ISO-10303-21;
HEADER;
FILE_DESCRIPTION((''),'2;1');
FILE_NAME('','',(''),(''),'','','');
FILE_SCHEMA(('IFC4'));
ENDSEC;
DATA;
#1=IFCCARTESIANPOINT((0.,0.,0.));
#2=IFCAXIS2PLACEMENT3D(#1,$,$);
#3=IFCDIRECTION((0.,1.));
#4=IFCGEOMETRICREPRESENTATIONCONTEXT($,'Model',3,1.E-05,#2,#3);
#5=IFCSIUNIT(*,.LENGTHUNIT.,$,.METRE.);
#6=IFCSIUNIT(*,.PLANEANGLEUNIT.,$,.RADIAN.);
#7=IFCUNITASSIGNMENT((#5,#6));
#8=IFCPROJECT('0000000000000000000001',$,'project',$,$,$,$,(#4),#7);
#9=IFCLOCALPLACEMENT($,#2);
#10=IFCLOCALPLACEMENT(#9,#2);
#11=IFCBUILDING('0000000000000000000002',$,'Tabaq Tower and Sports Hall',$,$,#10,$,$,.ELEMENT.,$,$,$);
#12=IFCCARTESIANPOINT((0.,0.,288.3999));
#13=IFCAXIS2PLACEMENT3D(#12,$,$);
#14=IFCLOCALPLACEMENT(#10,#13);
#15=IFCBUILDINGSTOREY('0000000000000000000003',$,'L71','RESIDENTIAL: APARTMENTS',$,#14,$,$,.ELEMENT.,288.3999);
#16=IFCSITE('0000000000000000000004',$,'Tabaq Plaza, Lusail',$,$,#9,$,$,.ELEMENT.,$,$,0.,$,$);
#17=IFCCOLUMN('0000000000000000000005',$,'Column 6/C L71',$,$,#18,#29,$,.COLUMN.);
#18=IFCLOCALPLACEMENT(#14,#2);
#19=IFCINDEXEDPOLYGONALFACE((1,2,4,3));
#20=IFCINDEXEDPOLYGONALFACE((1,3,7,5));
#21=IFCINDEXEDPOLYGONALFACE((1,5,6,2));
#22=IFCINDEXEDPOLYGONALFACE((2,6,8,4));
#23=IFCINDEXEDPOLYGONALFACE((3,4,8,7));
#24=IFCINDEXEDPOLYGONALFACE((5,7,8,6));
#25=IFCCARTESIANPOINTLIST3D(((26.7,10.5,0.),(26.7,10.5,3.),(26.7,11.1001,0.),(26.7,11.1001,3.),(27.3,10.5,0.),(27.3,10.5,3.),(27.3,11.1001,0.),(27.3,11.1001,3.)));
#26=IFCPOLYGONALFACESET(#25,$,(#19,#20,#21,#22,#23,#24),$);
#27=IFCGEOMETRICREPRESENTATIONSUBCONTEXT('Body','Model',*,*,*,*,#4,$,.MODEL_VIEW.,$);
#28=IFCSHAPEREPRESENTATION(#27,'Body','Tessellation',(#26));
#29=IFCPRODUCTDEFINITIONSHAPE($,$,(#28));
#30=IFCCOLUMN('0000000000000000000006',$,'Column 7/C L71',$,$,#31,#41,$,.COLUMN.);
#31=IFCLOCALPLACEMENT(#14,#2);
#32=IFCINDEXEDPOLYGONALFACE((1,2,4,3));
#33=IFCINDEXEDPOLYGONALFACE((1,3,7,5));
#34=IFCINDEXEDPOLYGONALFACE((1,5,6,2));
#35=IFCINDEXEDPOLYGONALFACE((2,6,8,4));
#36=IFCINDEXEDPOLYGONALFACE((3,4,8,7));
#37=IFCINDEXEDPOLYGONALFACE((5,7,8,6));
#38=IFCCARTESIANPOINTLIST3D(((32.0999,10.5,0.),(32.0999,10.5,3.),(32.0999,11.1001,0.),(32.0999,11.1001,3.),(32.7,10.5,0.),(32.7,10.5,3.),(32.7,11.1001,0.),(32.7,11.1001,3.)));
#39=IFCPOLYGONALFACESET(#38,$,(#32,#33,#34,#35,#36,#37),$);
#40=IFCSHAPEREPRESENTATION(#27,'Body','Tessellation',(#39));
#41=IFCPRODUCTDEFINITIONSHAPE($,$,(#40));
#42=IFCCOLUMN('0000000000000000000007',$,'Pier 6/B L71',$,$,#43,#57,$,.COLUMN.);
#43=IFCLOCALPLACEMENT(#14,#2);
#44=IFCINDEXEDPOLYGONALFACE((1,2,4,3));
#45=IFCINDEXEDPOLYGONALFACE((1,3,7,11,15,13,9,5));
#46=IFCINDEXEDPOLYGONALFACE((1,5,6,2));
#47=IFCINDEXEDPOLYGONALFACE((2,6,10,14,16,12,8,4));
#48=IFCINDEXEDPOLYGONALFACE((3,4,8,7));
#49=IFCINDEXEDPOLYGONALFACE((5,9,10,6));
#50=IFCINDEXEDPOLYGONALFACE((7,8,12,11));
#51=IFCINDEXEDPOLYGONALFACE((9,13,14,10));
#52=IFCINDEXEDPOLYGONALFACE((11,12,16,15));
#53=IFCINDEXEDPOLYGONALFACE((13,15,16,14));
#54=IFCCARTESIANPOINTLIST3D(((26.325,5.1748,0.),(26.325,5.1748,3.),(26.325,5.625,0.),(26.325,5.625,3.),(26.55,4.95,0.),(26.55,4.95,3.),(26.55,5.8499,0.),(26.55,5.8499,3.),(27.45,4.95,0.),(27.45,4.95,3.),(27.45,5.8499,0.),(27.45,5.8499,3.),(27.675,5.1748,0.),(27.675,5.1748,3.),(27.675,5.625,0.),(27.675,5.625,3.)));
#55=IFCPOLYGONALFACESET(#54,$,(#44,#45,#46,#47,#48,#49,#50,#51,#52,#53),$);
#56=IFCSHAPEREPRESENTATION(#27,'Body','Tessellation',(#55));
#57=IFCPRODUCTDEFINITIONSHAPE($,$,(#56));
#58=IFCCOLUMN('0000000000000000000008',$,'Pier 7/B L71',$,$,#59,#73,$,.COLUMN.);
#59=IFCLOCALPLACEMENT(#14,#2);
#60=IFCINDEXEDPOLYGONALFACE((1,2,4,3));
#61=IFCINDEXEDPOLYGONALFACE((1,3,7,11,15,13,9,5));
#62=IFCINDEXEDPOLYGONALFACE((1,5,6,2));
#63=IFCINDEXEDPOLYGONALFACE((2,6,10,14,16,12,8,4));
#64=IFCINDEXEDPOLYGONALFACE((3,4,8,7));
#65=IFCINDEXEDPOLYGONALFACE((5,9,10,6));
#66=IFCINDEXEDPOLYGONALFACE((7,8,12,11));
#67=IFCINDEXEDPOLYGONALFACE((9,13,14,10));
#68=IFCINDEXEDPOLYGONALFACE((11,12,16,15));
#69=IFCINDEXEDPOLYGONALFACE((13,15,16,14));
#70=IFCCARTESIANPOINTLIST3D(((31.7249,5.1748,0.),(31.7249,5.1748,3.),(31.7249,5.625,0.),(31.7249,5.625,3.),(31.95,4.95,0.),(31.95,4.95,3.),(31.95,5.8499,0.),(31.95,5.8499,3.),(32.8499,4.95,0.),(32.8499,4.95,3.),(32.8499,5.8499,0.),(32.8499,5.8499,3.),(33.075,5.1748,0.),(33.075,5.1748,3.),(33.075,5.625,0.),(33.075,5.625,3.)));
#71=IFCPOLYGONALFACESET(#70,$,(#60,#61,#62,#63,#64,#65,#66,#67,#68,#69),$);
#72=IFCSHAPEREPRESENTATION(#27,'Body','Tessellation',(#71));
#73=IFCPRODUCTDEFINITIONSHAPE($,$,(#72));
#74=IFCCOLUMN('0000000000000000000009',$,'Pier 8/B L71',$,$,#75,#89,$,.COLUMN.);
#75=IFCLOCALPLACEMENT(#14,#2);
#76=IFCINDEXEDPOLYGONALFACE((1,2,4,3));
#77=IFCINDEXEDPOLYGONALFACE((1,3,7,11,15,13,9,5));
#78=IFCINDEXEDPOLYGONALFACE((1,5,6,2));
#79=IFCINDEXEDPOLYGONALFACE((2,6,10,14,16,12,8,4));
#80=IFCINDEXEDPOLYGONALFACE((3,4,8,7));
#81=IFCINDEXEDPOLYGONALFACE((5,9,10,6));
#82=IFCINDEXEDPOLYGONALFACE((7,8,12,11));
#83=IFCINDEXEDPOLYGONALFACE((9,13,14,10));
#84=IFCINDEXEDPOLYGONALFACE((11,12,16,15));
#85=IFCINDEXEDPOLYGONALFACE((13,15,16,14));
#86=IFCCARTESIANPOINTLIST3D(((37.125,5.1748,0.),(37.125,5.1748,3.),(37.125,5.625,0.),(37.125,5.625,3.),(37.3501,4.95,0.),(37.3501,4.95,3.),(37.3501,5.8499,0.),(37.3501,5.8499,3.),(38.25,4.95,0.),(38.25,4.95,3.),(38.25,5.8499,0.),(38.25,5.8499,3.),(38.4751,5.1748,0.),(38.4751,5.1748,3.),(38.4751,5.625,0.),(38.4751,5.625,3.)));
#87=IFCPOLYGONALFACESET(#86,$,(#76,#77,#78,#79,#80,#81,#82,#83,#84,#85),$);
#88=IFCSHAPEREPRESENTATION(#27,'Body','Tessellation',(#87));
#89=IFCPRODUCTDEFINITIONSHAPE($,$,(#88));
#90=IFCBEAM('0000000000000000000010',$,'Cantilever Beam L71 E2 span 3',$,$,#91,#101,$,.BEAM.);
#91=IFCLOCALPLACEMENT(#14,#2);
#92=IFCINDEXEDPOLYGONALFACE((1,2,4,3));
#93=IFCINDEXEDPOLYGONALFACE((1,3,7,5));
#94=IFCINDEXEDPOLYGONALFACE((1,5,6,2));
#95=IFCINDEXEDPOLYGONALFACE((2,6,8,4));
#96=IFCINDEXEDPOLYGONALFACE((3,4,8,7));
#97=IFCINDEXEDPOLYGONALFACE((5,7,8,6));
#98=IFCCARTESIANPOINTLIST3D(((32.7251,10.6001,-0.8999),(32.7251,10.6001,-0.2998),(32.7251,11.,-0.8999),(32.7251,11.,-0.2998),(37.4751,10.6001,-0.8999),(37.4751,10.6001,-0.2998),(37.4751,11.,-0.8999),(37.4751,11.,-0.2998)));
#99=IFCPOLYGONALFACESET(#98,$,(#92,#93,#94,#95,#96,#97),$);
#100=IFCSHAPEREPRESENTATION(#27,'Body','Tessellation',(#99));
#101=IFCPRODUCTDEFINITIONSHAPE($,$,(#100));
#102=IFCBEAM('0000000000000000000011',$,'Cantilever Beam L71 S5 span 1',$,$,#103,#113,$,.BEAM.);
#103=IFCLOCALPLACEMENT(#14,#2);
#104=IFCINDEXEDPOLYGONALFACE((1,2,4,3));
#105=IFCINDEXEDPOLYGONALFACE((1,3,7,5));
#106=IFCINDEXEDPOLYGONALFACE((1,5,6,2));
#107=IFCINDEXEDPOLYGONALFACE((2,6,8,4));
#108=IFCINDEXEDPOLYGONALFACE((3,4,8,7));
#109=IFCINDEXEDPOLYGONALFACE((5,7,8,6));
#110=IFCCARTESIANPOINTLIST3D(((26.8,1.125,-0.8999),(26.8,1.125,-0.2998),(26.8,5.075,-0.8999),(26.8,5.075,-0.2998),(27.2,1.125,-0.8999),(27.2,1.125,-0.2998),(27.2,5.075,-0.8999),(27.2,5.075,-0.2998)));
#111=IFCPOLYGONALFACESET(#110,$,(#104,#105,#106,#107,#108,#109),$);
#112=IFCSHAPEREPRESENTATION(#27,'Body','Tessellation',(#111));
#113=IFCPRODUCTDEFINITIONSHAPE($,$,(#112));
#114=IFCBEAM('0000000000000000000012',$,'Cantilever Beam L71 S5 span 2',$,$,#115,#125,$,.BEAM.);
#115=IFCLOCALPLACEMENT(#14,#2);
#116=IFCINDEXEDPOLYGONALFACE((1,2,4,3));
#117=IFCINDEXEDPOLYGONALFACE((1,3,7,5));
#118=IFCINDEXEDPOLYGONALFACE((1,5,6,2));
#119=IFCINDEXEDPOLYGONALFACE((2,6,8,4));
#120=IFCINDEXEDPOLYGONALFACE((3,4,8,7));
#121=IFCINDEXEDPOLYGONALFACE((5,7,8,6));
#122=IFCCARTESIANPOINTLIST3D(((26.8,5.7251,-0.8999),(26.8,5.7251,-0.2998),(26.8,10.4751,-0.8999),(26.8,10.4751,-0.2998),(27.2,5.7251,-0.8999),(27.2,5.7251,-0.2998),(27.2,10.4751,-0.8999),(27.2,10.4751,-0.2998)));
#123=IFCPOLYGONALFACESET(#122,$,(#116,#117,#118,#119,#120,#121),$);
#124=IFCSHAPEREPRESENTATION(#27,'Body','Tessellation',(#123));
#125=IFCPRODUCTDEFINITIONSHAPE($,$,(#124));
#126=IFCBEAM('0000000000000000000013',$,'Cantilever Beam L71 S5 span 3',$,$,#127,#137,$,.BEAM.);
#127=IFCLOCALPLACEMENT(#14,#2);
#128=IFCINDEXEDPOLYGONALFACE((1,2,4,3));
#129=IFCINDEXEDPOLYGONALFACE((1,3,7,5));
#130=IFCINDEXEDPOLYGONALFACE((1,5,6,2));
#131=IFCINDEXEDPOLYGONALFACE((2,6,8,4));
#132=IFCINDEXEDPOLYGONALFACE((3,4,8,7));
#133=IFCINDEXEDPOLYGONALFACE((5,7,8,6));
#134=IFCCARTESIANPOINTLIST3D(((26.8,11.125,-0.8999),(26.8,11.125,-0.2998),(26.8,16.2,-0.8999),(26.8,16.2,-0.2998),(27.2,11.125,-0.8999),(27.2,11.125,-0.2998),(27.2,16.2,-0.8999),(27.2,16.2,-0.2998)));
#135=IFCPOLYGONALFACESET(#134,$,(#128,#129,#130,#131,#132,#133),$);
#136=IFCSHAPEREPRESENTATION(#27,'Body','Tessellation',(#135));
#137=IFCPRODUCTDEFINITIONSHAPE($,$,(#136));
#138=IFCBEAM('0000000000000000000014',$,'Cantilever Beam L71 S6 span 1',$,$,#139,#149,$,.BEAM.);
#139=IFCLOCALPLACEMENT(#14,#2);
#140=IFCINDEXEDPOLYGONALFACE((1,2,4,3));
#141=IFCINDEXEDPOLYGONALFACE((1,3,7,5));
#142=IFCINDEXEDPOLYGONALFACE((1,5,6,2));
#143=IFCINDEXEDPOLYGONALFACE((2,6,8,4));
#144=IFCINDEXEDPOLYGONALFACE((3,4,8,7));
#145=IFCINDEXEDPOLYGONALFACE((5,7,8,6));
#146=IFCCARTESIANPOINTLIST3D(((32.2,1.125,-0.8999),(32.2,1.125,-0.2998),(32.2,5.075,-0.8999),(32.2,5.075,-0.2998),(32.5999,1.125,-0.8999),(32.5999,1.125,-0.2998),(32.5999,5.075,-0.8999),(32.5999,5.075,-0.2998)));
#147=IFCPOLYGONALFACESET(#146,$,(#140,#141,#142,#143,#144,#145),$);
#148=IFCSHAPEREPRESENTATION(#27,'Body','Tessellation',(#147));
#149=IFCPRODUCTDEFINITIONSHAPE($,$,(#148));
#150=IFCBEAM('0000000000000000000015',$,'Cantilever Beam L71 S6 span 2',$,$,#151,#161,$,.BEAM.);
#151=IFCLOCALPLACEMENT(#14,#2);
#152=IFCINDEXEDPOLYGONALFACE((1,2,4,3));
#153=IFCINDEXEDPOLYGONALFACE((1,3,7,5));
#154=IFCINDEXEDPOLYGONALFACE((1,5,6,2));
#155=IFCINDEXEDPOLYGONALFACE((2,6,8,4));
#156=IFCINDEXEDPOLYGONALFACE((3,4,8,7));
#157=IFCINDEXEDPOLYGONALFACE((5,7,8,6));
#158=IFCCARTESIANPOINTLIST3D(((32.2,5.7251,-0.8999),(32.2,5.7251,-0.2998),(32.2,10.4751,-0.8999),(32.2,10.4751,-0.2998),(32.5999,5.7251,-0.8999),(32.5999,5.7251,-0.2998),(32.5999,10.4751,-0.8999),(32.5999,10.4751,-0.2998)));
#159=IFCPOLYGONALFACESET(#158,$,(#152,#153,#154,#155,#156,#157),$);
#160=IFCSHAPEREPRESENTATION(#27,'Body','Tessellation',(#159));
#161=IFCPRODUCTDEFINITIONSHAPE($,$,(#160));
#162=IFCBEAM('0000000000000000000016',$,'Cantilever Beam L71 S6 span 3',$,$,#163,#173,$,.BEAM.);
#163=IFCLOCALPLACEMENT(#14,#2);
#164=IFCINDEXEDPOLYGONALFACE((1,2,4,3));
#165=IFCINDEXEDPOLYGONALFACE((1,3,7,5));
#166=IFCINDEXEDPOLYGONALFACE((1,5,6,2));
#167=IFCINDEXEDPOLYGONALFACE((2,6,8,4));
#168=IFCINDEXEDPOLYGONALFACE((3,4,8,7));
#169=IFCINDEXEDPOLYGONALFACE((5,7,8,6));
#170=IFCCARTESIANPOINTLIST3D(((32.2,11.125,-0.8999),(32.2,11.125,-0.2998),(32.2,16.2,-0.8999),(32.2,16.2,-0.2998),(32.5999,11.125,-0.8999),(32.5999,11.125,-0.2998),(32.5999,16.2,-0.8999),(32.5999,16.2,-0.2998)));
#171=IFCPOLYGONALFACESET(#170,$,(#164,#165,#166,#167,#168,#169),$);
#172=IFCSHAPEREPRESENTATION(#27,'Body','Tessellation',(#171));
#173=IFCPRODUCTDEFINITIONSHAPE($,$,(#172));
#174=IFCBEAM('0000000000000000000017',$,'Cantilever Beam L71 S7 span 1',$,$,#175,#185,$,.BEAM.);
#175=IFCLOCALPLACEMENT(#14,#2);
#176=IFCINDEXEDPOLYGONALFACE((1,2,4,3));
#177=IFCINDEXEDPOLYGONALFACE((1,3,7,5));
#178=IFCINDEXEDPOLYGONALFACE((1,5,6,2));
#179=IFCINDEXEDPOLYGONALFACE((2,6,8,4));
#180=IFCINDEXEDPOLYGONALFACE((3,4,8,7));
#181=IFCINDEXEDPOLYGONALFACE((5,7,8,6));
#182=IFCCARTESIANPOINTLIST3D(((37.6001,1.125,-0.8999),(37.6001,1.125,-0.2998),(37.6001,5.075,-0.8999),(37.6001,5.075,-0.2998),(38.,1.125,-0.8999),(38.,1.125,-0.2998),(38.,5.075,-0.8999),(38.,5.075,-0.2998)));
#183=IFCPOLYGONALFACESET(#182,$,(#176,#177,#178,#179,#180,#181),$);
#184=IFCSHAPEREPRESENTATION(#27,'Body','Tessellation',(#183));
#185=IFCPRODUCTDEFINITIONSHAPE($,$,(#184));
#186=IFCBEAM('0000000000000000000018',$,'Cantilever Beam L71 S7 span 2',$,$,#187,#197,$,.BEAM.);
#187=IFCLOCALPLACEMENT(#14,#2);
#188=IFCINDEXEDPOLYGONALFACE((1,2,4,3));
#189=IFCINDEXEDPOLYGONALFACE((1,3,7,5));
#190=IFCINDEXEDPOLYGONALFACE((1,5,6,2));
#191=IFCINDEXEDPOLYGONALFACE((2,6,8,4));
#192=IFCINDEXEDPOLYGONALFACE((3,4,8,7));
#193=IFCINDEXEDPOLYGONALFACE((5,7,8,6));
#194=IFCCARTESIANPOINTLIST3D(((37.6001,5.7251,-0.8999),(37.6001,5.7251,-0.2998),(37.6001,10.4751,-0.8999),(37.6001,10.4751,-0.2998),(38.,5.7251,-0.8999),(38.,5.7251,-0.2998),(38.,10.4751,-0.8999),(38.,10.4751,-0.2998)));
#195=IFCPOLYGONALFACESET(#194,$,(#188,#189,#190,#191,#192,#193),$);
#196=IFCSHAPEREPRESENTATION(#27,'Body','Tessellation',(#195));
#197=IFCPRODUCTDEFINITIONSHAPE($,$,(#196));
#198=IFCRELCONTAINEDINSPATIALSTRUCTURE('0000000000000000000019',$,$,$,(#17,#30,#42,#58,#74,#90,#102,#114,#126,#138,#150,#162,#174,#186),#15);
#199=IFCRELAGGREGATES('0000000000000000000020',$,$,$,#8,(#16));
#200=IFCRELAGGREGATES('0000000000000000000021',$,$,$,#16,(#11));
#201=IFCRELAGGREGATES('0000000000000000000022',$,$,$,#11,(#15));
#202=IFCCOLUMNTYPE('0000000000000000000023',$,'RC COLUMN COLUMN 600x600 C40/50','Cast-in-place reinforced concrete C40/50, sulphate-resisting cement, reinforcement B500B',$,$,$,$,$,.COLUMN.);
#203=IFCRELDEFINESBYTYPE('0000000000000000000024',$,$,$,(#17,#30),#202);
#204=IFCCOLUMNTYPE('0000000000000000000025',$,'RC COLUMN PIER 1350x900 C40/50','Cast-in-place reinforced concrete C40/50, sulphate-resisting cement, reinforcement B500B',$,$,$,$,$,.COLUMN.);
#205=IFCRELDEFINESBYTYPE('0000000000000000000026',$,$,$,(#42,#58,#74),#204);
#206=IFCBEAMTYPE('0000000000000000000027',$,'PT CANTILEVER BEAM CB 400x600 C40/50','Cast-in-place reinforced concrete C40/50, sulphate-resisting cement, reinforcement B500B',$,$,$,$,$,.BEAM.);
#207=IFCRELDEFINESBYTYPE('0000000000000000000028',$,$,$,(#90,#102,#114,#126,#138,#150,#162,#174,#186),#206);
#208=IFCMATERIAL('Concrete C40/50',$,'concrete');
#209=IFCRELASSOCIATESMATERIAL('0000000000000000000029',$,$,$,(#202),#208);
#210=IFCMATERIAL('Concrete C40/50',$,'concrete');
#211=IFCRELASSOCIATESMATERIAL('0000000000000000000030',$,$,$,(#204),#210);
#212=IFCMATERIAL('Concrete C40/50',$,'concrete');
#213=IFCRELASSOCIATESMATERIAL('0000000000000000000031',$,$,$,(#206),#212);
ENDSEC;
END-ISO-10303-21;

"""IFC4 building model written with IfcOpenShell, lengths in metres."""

from ifc_helpers import new_model, si_unit, direction, frame, origin, origin_2d, place, context, subcontext, project, spatial, polyline, rectangle, outline, extrude, material, material_profile, profile_set, type_object, element, save


model = new_model("IFC4")

# Units and contexts
model_context = context("Model", 3, precision=1e-05, world=origin(), true_north=direction((0.0, 1.0)))
body_context = subcontext(model_context, "Body", "Model", "MODEL_VIEW")
ifc_project = project(units=[si_unit("LENGTHUNIT", "METRE"), si_unit("PLANEANGLEUNIT", "RADIAN")], contexts=[model_context])

# Site, building, storey
site_placement = place(None, origin())
site = spatial("IfcSite", under=ifc_project, at=site_placement, Name="Tabaq Plaza, Lusail", CompositionType="ELEMENT", RefElevation=0.0)
building_placement = place(site_placement, origin())
building = spatial("IfcBuilding", under=site, at=building_placement, Name="Tabaq Tower and Sports Hall", CompositionType="ELEMENT")
storey_placement = place(building_placement, frame((0.0, 0.0, 288.3999)))
storey = spatial("IfcBuildingStorey", under=building, at=storey_placement, Name="L71", Description="RESIDENTIAL: APARTMENTS", CompositionType="ELEMENT", Elevation=288.3999)

# Columns
ifc_material_1 = material(Name="Concrete C40/50", Category="concrete")
ifc_material_profile_1 = material_profile(ifc_material_1, rectangle(XDim=0.6001, YDim=0.6001, at=origin_2d()), Name="COLUMN 600x600")
ifc_profile_set_1 = profile_set([ifc_material_profile_1], Name="Concrete C40/50")
column_type_1 = type_object("IfcColumnType", Name="RC COLUMN COLUMN 600x600 C40/50", Description="Cast-in-place reinforced concrete C40/50, sulphate-resisting cement, reinforcement B500B", PredefinedType="COLUMN", material=ifc_profile_set_1)
for number, where, z_axis, x_axis, name in (
    (1, (27.0, 10.8, 0.0), (0.0, 0.0, 1.0), (1.0, 0.0, 0.0), "Column 6/C L71"),
    (2, (32.3999, 10.8, 0.0), (0.0, 0.0, 1.0), (1.0, 0.0, 0.0), "Column 7/C L71"),
):
    element("IfcColumn", number, at=place(storey_placement, frame(where, z_axis=z_axis, x_axis=x_axis)), inside=storey, type_object=column_type_1, Name=name, PredefinedType="COLUMN", context=body_context, shape_type="SweptSolid", body=[
        extrude(rectangle(XDim=0.6001, YDim=0.6001, at=origin_2d()), origin(), (0.0, 0.0, 1.0), 3.0),
    ])
ifc_material_2 = material(Name="Concrete C40/50", Category="concrete")
ifc_material_profile_2 = material_profile(ifc_material_2, outline(polyline([(-0.45, -0.45), (0.45, -0.45), (0.675, -0.2251), (0.675, 0.2251), (0.45, 0.45), (-0.45, 0.45), (-0.675, 0.2251), (-0.675, -0.2251), (-0.45, -0.45)])), Name="PIER 1350x900")
ifc_profile_set_2 = profile_set([ifc_material_profile_2], Name="Concrete C40/50")
column_type_2 = type_object("IfcColumnType", Name="RC COLUMN PIER 1350x900 C40/50", Description="Cast-in-place reinforced concrete C40/50, sulphate-resisting cement, reinforcement B500B", PredefinedType="COLUMN", material=ifc_profile_set_2)
for number, where, z_axis, x_axis, name in (
    (3, (27.0, 5.3999, 0.0), (0.0, 0.0, 1.0), (1.0, 0.0, 0.0), "Pier 6/B L71"),
    (4, (32.3999, 5.3999, 0.0), (0.0, 0.0, 1.0), (1.0, 0.0, 0.0), "Pier 7/B L71"),
    (5, (37.8, 5.3999, 0.0), (0.0, 0.0, 1.0), (1.0, 0.0, 0.0), "Pier 8/B L71"),
):
    element("IfcColumn", number, at=place(storey_placement, frame(where, z_axis=z_axis, x_axis=x_axis)), inside=storey, type_object=column_type_2, Name=name, PredefinedType="COLUMN", context=body_context, shape_type="SweptSolid", body=[
        extrude(outline(polyline([(-0.45, -0.45), (0.45, -0.45), (0.675, -0.2251), (0.675, 0.2251), (0.45, 0.45), (-0.45, 0.45), (-0.675, 0.2251), (-0.675, -0.2251), (-0.45, -0.45)])), origin(), (0.0, 0.0, 1.0), 3.0),
    ])

# Beams
ifc_material_3 = material(Name="Concrete C40/50", Category="concrete")
ifc_material_profile_3 = material_profile(ifc_material_3, rectangle(XDim=0.3999, YDim=0.6001, at=origin_2d()), Name="CB 400x600")
ifc_profile_set_3 = profile_set([ifc_material_profile_3], Name="Concrete C40/50")
beam_type = type_object("IfcBeamType", Name="PT CANTILEVER BEAM CB 400x600 C40/50", Description="Cast-in-place reinforced concrete C40/50, sulphate-resisting cement, reinforcement B500B", PredefinedType="BEAM", material=ifc_profile_set_3)
beam_1_placement = place(storey_placement, frame((37.4751, 10.8, -0.5999), z_axis=(-1.0, 0.0, 0.0), x_axis=(0.0, -1.0, 0.0)))
element("IfcBeam", 6, at=beam_1_placement, inside=storey, type_object=beam_type, Name="Cantilever Beam L71 E2 span 3", PredefinedType="BEAM", context=body_context, shape_type="SweptSolid", body=[
    extrude(rectangle(XDim=0.3999, YDim=0.6001, at=origin_2d()), origin(), (0.0, 0.0, 1.0), 4.75),
])
beam_2_placement = place(storey_placement, frame((27.0, 1.125, -0.5999), z_axis=(0.0, 1.0, 0.0), x_axis=(-1.0, 0.0, 0.0)))
element("IfcBeam", 7, at=beam_2_placement, inside=storey, type_object=beam_type, Name="Cantilever Beam L71 S5 span 1", PredefinedType="BEAM", context=body_context, shape_type="SweptSolid", body=[
    extrude(rectangle(XDim=0.3999, YDim=0.6001, at=origin_2d()), origin(), (0.0, 0.0, 1.0), 3.95),
])
beam_3_placement = place(storey_placement, frame((27.0, 5.7251, -0.5999), z_axis=(0.0, 1.0, 0.0), x_axis=(-1.0, 0.0, 0.0)))
element("IfcBeam", 8, at=beam_3_placement, inside=storey, type_object=beam_type, Name="Cantilever Beam L71 S5 span 2", PredefinedType="BEAM", context=body_context, shape_type="SweptSolid", body=[
    extrude(rectangle(XDim=0.3999, YDim=0.6001, at=origin_2d()), origin(), (0.0, 0.0, 1.0), 4.75),
])
beam_4_placement = place(storey_placement, frame((27.0, 11.125, -0.5999), z_axis=(0.0, 1.0, 0.0), x_axis=(-1.0, 0.0, 0.0)))
element("IfcBeam", 9, at=beam_4_placement, inside=storey, type_object=beam_type, Name="Cantilever Beam L71 S5 span 3", PredefinedType="BEAM", context=body_context, shape_type="SweptSolid", body=[
    extrude(rectangle(XDim=0.3999, YDim=0.6001, at=origin_2d()), origin(), (0.0, 0.0, 1.0), 5.075),
])
beam_5_placement = place(storey_placement, frame((32.3999, 1.125, -0.5999), z_axis=(0.0, 1.0, 0.0), x_axis=(-1.0, 0.0, 0.0)))
element("IfcBeam", 10, at=beam_5_placement, inside=storey, type_object=beam_type, Name="Cantilever Beam L71 S6 span 1", PredefinedType="BEAM", context=body_context, shape_type="SweptSolid", body=[
    extrude(rectangle(XDim=0.3999, YDim=0.6001, at=origin_2d()), origin(), (0.0, 0.0, 1.0), 3.95),
])
beam_6_placement = place(storey_placement, frame((32.3999, 5.7251, -0.5999), z_axis=(0.0, 1.0, 0.0), x_axis=(-1.0, 0.0, 0.0)))
element("IfcBeam", 11, at=beam_6_placement, inside=storey, type_object=beam_type, Name="Cantilever Beam L71 S6 span 2", PredefinedType="BEAM", context=body_context, shape_type="SweptSolid", body=[
    extrude(rectangle(XDim=0.3999, YDim=0.6001, at=origin_2d()), origin(), (0.0, 0.0, 1.0), 4.75),
])
beam_7_placement = place(storey_placement, frame((32.3999, 11.125, -0.5999), z_axis=(0.0, 1.0, 0.0), x_axis=(-1.0, 0.0, 0.0)))
element("IfcBeam", 12, at=beam_7_placement, inside=storey, type_object=beam_type, Name="Cantilever Beam L71 S6 span 3", PredefinedType="BEAM", context=body_context, shape_type="SweptSolid", body=[
    extrude(rectangle(XDim=0.3999, YDim=0.6001, at=origin_2d()), origin(), (0.0, 0.0, 1.0), 5.075),
])
beam_8_placement = place(storey_placement, frame((37.8, 1.125, -0.5999), z_axis=(0.0, 1.0, 0.0), x_axis=(-1.0, 0.0, 0.0)))
element("IfcBeam", 13, at=beam_8_placement, inside=storey, type_object=beam_type, Name="Cantilever Beam L71 S7 span 1", PredefinedType="BEAM", context=body_context, shape_type="SweptSolid", body=[
    extrude(rectangle(XDim=0.3999, YDim=0.6001, at=origin_2d()), origin(), (0.0, 0.0, 1.0), 3.95),
])
beam_9_placement = place(storey_placement, frame((37.8, 5.7251, -0.5999), z_axis=(0.0, 1.0, 0.0), x_axis=(-1.0, 0.0, 0.0)))
element("IfcBeam", 14, at=beam_9_placement, inside=storey, type_object=beam_type, Name="Cantilever Beam L71 S7 span 2", PredefinedType="BEAM", context=body_context, shape_type="SweptSolid", body=[
    extrude(rectangle(XDim=0.3999, YDim=0.6001, at=origin_2d()), origin(), (0.0, 0.0, 1.0), 4.75),
])

save(model, "model.ifc")
